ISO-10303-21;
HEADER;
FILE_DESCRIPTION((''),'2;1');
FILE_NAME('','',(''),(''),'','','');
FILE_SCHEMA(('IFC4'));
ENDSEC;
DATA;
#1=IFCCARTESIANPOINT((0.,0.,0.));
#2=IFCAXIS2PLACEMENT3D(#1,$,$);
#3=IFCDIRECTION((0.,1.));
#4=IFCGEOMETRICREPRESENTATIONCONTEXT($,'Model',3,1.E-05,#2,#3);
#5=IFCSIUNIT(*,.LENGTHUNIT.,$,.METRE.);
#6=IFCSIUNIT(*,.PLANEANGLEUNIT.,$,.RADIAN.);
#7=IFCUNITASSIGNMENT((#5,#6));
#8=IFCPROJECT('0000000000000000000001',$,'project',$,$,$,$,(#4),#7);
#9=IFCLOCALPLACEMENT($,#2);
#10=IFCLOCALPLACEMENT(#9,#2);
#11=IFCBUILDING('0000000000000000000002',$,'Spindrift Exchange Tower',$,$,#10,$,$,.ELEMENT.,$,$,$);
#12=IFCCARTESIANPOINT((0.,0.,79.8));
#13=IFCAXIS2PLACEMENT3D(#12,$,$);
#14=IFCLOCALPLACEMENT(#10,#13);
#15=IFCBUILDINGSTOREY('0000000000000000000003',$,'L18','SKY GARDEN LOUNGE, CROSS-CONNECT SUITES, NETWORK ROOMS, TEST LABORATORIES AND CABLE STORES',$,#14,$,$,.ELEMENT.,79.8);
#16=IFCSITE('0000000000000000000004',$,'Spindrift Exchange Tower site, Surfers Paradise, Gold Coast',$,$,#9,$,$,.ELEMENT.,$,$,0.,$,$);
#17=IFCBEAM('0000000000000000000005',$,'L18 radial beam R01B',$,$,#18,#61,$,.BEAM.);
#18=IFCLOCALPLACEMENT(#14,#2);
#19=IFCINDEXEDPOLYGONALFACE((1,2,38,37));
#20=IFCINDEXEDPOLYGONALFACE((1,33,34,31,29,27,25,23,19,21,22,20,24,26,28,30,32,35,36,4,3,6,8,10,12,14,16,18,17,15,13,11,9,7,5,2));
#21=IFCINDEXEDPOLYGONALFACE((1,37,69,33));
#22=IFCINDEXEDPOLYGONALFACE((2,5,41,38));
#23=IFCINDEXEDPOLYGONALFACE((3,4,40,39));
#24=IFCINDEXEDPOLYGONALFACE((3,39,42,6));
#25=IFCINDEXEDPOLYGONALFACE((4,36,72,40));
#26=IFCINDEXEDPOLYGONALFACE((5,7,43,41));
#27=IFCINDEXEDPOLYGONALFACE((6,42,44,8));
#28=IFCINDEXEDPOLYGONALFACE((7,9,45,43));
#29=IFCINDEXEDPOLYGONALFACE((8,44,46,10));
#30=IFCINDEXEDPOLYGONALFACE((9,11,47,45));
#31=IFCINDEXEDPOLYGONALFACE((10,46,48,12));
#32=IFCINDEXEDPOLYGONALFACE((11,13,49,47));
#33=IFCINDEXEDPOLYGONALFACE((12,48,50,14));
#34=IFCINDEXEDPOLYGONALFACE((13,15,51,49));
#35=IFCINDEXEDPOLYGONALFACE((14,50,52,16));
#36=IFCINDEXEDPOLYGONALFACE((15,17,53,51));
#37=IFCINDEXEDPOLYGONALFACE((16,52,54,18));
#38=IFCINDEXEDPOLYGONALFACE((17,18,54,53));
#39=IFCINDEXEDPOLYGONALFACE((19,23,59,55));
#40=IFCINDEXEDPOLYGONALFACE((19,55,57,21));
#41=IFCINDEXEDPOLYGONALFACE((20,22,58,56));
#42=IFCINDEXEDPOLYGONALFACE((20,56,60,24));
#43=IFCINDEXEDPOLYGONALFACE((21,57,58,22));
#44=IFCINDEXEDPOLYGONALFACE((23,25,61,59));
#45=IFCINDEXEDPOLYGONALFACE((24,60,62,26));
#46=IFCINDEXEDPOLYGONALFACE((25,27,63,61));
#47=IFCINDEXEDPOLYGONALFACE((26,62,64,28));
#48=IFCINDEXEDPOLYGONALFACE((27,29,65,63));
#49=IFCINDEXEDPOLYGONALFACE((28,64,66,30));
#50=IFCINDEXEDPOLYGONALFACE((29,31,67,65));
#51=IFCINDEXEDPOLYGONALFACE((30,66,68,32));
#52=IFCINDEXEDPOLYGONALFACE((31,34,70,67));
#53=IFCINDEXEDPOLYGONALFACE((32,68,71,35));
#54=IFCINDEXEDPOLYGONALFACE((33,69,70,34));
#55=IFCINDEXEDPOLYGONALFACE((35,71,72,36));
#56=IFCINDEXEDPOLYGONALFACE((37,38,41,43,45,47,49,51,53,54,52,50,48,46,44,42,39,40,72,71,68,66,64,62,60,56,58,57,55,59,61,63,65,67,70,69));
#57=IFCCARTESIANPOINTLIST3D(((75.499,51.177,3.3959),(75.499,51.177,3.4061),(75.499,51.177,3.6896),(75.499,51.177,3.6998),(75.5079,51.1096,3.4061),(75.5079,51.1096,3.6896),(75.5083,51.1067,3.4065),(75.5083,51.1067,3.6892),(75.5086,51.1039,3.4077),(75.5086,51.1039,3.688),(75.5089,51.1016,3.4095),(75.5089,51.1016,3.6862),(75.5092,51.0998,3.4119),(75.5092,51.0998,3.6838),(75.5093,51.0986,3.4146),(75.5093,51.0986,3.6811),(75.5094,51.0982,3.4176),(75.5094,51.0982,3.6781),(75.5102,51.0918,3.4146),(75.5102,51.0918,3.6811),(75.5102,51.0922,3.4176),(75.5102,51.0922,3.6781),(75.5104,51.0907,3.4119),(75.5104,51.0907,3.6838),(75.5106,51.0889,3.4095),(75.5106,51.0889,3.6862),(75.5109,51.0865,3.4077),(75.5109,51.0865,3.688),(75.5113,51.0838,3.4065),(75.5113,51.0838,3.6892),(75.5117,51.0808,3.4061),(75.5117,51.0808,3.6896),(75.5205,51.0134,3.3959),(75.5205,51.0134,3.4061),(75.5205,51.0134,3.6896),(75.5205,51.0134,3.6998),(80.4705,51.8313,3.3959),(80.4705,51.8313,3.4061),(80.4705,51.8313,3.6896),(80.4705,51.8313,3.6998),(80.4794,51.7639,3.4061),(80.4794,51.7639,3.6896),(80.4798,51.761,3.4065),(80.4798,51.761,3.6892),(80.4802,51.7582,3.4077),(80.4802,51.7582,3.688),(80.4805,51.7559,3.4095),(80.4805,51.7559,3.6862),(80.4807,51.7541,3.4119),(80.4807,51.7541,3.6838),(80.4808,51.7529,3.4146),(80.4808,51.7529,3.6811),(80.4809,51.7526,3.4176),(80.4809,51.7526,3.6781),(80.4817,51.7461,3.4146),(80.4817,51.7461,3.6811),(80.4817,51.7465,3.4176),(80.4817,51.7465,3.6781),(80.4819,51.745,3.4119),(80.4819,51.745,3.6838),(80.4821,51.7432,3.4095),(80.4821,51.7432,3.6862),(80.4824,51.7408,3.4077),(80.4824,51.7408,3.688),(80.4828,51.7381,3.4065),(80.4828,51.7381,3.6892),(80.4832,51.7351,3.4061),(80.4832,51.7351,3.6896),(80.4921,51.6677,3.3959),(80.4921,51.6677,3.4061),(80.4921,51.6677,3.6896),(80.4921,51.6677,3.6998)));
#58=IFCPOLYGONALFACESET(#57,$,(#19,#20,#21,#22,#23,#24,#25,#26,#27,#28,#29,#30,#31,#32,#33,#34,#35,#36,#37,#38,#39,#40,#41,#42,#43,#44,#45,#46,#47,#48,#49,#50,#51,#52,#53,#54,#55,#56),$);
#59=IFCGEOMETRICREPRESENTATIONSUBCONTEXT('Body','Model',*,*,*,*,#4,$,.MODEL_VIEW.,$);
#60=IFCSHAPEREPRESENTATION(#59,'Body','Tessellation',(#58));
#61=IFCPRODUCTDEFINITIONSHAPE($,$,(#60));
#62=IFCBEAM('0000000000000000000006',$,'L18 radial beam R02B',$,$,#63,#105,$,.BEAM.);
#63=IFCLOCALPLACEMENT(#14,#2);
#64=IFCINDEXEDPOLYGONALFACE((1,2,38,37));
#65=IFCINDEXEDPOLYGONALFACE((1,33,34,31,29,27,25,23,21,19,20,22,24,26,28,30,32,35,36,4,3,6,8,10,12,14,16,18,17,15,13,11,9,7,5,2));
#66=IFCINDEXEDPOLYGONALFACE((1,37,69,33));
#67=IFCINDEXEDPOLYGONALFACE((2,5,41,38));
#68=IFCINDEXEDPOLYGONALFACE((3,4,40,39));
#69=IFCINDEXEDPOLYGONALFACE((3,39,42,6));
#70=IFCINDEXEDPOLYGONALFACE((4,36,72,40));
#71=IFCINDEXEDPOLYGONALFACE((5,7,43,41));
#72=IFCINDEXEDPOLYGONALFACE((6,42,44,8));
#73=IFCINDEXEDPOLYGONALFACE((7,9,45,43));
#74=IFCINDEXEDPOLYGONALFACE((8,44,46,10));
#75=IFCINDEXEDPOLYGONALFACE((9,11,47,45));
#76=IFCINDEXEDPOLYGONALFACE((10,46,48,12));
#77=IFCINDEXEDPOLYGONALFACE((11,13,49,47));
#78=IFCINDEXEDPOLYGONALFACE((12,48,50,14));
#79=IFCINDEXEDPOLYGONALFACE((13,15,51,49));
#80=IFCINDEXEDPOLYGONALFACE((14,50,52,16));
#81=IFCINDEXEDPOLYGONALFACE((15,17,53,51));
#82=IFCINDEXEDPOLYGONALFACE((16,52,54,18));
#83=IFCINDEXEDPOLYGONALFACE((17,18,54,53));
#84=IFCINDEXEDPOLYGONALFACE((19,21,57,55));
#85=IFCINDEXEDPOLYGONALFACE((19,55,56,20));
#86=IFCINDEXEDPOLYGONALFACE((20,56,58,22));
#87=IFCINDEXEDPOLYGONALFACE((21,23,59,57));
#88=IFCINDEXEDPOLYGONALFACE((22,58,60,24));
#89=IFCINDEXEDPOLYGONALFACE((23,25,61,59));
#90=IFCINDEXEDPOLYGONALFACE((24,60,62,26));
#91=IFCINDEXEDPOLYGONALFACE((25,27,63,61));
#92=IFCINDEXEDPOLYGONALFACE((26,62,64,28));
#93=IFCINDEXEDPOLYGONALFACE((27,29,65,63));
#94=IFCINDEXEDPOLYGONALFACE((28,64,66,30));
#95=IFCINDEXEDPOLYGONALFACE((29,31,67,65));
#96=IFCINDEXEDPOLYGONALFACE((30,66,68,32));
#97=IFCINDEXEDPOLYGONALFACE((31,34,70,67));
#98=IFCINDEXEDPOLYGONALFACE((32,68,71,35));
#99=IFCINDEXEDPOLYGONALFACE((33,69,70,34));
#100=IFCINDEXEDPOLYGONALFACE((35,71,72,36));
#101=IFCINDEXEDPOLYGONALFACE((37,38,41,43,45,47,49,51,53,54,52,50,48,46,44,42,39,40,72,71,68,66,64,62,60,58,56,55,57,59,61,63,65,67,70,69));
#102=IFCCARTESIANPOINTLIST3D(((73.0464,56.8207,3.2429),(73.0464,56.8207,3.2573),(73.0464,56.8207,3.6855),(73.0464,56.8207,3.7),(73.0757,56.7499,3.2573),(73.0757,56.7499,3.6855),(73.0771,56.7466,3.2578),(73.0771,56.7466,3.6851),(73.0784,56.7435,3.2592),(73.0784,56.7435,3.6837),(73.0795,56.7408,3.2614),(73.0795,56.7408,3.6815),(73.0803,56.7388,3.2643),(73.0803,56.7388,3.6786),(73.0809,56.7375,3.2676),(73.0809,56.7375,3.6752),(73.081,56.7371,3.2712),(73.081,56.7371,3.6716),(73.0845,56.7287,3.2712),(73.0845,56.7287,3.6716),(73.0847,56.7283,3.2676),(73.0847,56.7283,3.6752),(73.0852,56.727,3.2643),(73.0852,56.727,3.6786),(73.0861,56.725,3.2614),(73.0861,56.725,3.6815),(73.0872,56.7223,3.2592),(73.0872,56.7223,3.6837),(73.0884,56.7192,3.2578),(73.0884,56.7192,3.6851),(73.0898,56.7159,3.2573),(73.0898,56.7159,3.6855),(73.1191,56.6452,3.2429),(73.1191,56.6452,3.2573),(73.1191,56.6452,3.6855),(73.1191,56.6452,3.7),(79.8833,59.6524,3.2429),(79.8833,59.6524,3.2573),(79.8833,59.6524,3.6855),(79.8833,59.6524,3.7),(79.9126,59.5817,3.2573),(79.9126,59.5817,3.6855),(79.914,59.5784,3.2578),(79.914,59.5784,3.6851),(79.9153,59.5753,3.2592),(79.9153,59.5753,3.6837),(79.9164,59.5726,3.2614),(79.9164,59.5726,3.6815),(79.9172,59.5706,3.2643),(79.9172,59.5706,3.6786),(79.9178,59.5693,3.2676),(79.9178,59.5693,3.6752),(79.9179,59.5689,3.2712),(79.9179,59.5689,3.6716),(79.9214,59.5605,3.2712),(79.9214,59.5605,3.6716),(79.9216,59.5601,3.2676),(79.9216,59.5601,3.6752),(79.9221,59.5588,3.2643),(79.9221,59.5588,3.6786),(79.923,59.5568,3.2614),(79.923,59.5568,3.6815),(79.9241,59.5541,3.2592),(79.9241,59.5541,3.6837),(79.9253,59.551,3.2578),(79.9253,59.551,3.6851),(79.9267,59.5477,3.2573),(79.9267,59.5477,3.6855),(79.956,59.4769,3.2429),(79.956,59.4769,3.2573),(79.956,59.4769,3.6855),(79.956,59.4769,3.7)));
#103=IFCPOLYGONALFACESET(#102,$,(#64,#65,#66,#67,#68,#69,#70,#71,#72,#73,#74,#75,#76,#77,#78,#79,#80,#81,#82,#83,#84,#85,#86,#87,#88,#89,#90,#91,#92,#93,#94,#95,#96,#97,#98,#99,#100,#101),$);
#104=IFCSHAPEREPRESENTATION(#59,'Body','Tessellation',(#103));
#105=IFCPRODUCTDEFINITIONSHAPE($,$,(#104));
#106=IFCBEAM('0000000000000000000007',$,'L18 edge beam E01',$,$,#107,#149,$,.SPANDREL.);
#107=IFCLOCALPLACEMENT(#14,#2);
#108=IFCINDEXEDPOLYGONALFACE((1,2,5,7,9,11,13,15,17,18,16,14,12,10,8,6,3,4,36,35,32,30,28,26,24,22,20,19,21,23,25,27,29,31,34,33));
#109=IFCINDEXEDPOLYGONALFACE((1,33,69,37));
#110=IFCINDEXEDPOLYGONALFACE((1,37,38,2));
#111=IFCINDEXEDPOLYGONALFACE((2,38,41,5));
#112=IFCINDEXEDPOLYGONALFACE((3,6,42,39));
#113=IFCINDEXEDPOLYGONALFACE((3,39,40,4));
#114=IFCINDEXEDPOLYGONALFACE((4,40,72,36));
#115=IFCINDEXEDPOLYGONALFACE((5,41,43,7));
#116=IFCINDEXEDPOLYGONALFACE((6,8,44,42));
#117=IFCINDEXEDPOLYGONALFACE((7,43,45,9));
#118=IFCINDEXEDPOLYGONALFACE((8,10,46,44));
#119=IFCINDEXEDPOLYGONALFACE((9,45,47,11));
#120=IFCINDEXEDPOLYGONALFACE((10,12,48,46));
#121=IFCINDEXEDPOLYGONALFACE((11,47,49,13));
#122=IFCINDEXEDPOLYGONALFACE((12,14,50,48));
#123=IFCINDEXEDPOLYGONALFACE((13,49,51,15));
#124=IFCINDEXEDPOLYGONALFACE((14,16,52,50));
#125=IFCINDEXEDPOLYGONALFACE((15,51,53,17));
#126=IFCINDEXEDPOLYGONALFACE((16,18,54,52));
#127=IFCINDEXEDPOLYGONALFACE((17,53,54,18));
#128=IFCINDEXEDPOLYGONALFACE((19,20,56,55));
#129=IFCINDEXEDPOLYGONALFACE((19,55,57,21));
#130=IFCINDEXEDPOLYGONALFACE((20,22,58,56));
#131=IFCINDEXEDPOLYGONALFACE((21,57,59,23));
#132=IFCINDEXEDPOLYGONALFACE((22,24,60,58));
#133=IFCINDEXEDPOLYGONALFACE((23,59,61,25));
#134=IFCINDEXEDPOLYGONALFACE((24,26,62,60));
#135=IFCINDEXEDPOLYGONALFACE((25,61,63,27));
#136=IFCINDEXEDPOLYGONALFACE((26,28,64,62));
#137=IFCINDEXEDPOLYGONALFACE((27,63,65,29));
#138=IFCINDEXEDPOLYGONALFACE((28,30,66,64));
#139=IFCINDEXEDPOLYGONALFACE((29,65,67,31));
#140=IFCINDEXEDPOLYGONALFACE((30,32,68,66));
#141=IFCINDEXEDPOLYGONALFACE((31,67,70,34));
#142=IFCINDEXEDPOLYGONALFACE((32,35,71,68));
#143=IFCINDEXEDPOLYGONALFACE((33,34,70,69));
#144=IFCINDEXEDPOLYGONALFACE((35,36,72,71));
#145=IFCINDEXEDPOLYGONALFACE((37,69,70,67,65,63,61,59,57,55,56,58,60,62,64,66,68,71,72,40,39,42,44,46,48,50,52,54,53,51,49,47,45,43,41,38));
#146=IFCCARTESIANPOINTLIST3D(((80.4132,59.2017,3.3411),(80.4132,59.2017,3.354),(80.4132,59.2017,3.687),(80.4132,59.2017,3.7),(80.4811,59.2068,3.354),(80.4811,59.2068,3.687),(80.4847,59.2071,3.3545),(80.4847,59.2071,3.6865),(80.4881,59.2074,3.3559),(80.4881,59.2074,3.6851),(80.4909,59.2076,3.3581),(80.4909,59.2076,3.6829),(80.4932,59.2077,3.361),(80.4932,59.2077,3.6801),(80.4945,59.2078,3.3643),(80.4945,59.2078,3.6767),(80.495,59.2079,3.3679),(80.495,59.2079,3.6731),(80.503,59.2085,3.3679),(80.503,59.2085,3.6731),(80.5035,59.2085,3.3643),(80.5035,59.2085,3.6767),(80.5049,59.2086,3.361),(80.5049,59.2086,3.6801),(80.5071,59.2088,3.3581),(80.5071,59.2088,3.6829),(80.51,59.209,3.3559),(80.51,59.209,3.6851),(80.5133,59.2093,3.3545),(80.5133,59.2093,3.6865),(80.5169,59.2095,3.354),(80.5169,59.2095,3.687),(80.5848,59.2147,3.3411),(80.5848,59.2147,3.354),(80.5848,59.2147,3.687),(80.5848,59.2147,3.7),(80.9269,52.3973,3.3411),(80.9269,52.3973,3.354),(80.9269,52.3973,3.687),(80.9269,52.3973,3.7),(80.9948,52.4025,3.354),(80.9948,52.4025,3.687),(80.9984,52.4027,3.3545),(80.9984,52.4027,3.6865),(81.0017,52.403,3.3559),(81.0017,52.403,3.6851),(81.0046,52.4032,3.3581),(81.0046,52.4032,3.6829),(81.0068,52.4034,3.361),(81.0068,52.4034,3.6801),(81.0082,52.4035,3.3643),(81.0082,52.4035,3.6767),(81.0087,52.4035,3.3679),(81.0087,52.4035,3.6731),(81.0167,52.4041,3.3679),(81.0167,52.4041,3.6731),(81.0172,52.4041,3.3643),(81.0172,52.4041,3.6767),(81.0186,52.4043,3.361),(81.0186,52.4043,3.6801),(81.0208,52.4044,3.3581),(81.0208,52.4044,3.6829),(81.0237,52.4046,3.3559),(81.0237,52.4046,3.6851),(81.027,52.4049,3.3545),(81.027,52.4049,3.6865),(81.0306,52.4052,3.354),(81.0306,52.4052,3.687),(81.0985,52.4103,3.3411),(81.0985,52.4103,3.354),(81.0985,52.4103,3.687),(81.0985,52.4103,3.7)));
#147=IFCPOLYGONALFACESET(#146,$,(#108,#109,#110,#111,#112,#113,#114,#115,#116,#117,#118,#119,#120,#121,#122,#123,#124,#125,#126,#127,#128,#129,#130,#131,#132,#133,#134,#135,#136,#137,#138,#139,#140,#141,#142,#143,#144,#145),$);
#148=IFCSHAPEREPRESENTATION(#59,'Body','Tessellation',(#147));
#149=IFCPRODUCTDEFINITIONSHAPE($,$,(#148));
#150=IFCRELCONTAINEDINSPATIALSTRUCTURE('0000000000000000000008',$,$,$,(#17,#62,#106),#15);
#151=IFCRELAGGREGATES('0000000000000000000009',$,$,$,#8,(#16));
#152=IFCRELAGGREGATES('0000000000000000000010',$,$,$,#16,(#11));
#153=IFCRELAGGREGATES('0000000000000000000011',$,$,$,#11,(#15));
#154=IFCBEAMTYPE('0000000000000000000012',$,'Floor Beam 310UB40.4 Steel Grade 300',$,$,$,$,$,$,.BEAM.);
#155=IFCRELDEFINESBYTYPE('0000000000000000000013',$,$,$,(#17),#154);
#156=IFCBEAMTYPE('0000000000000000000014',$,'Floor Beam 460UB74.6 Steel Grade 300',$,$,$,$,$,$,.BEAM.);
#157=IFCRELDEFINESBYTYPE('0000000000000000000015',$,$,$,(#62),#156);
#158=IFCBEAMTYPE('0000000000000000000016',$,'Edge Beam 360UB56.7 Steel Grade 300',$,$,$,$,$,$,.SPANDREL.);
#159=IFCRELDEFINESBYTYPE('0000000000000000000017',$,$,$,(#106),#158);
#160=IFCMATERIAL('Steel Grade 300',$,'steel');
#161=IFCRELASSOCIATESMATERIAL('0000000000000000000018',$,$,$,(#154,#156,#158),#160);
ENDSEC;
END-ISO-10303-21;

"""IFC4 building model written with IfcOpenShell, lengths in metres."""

from ifc_helpers import new_model, si_unit, direction, frame, origin, origin_2d, place, context, subcontext, project, spatial, i_section, extrude, source, transform, mapped, material, material_profile, profile_set, type_object, element, save


model = new_model("IFC4")

# Units and contexts
model_context = context("Model", 3, precision=1e-05, world=origin(), true_north=direction((0.0, 1.0)))
body_context = subcontext(model_context, "Body", "Model", "MODEL_VIEW")
ifc_project = project(units=[si_unit("LENGTHUNIT", "METRE"), si_unit("PLANEANGLEUNIT", "RADIAN")], contexts=[model_context])

# Site, building, storey
site_placement = place(None, origin())
site = spatial("IfcSite", under=ifc_project, at=site_placement, Name="Spindrift Exchange Tower site, Surfers Paradise, Gold Coast", CompositionType="ELEMENT", RefElevation=0.0)
building_placement = place(site_placement, origin())
building = spatial("IfcBuilding", under=site, at=building_placement, Name="Spindrift Exchange Tower", CompositionType="ELEMENT")
storey_placement = place(building_placement, frame((0.0, 0.0, 79.8)))
storey = spatial("IfcBuildingStorey", under=building, at=storey_placement, Name="L18", Description="SKY GARDEN LOUNGE, CROSS-CONNECT SUITES, NETWORK ROOMS, TEST LABORATORIES AND CABLE STORES", CompositionType="ELEMENT", Elevation=79.8)

# Beams
ifc_material_1 = material(Name="Steel Grade 300", Category="steel")
ifc_material_profile_1 = material_profile(ifc_material_1, i_section(OverallWidth=0.165, OverallDepth=0.304, WebThickness=0.0061, FlangeThickness=0.0103, FilletRadius=0.0115, at=origin_2d()), Name="310UB40.4")
ifc_profile_set_1 = profile_set([ifc_material_profile_1], Name="Steel Grade 300")
beam_type_1 = type_object("IfcBeamType", Name="Floor Beam 310UB40.4 Steel Grade 300", PredefinedType="BEAM", material=ifc_profile_set_1)
shared_shape_1 = source(origin(), body_context, "Body", "SweptSolid", [
    extrude(i_section(OverallWidth=0.165, OverallDepth=0.304, WebThickness=0.0061, FlangeThickness=0.0103, FilletRadius=0.0115, at=origin_2d()), origin(), (0.0, 0.0, 1.0), 5.0144),
])
beam_1_placement = place(storey_placement, frame((75.5098, 51.0952, 3.5479), z_axis=(0.99145, 0.130486, 0.0), x_axis=(-0.130486, 0.99145, 0.0)))
element("IfcBeam", 1, at=beam_1_placement, inside=storey, type_object=beam_type_1, Name="L18 radial beam R01B", PredefinedType="BEAM", context=body_context, shape_type="MappedRepresentation", body=[
    mapped(shared_shape_1, transform((0.0, 0.0, 0.0), scale=1.0)),
])
ifc_material_profile_2 = material_profile(ifc_material_1, i_section(OverallWidth=0.1899, OverallDepth=0.457, WebThickness=0.009, FlangeThickness=0.0144, FilletRadius=0.0139, at=origin_2d()), Name="460UB74.6")
ifc_profile_set_2 = profile_set([ifc_material_profile_2], Name="Steel Grade 300")
beam_type_2 = type_object("IfcBeamType", Name="Floor Beam 460UB74.6 Steel Grade 300", PredefinedType="BEAM", material=ifc_profile_set_2)
shared_shape_2 = source(origin(), body_context, "Body", "SweptSolid", [
    extrude(i_section(OverallWidth=0.1899, OverallDepth=0.457, WebThickness=0.009, FlangeThickness=0.0144, FilletRadius=0.0139, at=origin_2d()), origin(), (0.0, 0.0, 1.0), 7.4001),
])
beam_2_placement = place(storey_placement, frame((73.0828, 56.7329, 3.4714), z_axis=(0.923887, 0.382666, 0.0), x_axis=(-0.382666, 0.923887, 0.0)))
element("IfcBeam", 2, at=beam_2_placement, inside=storey, type_object=beam_type_2, Name="L18 radial beam R02B", PredefinedType="BEAM", context=body_context, shape_type="MappedRepresentation", body=[
    mapped(shared_shape_2, transform((0.0, 0.0, 0.0), scale=1.0)),
])
ifc_material_profile_3 = material_profile(ifc_material_1, i_section(OverallWidth=0.1721, OverallDepth=0.3589, WebThickness=0.0081, FlangeThickness=0.0129, FilletRadius=0.0139, at=origin_2d()), Name="360UB56.7")
ifc_profile_set_3 = profile_set([ifc_material_profile_3], Name="Steel Grade 300")
beam_type_3 = type_object("IfcBeamType", Name="Edge Beam 360UB56.7 Steel Grade 300", PredefinedType="SPANDREL", material=ifc_profile_set_3)
shared_shape_3 = source(origin(), body_context, "Body", "SweptSolid", [
    extrude(i_section(OverallWidth=0.1721, OverallDepth=0.3589, WebThickness=0.0081, FlangeThickness=0.0129, FilletRadius=0.0139, at=origin_2d()), origin(), (0.0, 0.0, 1.0), 6.8237),
])
beam_3_placement = place(storey_placement, frame((81.0127, 52.4038, 3.5205), z_axis=(-0.075276, 0.997163, 0.0), x_axis=(-0.997163, -0.075276, 0.0)))
element("IfcBeam", 3, at=beam_3_placement, inside=storey, type_object=beam_type_3, Name="L18 edge beam E01", PredefinedType="SPANDREL", context=body_context, shape_type="MappedRepresentation", body=[
    mapped(shared_shape_3, transform((0.0, 0.0, 0.0), scale=1.0)),
])

save(model, "model.ifc")
